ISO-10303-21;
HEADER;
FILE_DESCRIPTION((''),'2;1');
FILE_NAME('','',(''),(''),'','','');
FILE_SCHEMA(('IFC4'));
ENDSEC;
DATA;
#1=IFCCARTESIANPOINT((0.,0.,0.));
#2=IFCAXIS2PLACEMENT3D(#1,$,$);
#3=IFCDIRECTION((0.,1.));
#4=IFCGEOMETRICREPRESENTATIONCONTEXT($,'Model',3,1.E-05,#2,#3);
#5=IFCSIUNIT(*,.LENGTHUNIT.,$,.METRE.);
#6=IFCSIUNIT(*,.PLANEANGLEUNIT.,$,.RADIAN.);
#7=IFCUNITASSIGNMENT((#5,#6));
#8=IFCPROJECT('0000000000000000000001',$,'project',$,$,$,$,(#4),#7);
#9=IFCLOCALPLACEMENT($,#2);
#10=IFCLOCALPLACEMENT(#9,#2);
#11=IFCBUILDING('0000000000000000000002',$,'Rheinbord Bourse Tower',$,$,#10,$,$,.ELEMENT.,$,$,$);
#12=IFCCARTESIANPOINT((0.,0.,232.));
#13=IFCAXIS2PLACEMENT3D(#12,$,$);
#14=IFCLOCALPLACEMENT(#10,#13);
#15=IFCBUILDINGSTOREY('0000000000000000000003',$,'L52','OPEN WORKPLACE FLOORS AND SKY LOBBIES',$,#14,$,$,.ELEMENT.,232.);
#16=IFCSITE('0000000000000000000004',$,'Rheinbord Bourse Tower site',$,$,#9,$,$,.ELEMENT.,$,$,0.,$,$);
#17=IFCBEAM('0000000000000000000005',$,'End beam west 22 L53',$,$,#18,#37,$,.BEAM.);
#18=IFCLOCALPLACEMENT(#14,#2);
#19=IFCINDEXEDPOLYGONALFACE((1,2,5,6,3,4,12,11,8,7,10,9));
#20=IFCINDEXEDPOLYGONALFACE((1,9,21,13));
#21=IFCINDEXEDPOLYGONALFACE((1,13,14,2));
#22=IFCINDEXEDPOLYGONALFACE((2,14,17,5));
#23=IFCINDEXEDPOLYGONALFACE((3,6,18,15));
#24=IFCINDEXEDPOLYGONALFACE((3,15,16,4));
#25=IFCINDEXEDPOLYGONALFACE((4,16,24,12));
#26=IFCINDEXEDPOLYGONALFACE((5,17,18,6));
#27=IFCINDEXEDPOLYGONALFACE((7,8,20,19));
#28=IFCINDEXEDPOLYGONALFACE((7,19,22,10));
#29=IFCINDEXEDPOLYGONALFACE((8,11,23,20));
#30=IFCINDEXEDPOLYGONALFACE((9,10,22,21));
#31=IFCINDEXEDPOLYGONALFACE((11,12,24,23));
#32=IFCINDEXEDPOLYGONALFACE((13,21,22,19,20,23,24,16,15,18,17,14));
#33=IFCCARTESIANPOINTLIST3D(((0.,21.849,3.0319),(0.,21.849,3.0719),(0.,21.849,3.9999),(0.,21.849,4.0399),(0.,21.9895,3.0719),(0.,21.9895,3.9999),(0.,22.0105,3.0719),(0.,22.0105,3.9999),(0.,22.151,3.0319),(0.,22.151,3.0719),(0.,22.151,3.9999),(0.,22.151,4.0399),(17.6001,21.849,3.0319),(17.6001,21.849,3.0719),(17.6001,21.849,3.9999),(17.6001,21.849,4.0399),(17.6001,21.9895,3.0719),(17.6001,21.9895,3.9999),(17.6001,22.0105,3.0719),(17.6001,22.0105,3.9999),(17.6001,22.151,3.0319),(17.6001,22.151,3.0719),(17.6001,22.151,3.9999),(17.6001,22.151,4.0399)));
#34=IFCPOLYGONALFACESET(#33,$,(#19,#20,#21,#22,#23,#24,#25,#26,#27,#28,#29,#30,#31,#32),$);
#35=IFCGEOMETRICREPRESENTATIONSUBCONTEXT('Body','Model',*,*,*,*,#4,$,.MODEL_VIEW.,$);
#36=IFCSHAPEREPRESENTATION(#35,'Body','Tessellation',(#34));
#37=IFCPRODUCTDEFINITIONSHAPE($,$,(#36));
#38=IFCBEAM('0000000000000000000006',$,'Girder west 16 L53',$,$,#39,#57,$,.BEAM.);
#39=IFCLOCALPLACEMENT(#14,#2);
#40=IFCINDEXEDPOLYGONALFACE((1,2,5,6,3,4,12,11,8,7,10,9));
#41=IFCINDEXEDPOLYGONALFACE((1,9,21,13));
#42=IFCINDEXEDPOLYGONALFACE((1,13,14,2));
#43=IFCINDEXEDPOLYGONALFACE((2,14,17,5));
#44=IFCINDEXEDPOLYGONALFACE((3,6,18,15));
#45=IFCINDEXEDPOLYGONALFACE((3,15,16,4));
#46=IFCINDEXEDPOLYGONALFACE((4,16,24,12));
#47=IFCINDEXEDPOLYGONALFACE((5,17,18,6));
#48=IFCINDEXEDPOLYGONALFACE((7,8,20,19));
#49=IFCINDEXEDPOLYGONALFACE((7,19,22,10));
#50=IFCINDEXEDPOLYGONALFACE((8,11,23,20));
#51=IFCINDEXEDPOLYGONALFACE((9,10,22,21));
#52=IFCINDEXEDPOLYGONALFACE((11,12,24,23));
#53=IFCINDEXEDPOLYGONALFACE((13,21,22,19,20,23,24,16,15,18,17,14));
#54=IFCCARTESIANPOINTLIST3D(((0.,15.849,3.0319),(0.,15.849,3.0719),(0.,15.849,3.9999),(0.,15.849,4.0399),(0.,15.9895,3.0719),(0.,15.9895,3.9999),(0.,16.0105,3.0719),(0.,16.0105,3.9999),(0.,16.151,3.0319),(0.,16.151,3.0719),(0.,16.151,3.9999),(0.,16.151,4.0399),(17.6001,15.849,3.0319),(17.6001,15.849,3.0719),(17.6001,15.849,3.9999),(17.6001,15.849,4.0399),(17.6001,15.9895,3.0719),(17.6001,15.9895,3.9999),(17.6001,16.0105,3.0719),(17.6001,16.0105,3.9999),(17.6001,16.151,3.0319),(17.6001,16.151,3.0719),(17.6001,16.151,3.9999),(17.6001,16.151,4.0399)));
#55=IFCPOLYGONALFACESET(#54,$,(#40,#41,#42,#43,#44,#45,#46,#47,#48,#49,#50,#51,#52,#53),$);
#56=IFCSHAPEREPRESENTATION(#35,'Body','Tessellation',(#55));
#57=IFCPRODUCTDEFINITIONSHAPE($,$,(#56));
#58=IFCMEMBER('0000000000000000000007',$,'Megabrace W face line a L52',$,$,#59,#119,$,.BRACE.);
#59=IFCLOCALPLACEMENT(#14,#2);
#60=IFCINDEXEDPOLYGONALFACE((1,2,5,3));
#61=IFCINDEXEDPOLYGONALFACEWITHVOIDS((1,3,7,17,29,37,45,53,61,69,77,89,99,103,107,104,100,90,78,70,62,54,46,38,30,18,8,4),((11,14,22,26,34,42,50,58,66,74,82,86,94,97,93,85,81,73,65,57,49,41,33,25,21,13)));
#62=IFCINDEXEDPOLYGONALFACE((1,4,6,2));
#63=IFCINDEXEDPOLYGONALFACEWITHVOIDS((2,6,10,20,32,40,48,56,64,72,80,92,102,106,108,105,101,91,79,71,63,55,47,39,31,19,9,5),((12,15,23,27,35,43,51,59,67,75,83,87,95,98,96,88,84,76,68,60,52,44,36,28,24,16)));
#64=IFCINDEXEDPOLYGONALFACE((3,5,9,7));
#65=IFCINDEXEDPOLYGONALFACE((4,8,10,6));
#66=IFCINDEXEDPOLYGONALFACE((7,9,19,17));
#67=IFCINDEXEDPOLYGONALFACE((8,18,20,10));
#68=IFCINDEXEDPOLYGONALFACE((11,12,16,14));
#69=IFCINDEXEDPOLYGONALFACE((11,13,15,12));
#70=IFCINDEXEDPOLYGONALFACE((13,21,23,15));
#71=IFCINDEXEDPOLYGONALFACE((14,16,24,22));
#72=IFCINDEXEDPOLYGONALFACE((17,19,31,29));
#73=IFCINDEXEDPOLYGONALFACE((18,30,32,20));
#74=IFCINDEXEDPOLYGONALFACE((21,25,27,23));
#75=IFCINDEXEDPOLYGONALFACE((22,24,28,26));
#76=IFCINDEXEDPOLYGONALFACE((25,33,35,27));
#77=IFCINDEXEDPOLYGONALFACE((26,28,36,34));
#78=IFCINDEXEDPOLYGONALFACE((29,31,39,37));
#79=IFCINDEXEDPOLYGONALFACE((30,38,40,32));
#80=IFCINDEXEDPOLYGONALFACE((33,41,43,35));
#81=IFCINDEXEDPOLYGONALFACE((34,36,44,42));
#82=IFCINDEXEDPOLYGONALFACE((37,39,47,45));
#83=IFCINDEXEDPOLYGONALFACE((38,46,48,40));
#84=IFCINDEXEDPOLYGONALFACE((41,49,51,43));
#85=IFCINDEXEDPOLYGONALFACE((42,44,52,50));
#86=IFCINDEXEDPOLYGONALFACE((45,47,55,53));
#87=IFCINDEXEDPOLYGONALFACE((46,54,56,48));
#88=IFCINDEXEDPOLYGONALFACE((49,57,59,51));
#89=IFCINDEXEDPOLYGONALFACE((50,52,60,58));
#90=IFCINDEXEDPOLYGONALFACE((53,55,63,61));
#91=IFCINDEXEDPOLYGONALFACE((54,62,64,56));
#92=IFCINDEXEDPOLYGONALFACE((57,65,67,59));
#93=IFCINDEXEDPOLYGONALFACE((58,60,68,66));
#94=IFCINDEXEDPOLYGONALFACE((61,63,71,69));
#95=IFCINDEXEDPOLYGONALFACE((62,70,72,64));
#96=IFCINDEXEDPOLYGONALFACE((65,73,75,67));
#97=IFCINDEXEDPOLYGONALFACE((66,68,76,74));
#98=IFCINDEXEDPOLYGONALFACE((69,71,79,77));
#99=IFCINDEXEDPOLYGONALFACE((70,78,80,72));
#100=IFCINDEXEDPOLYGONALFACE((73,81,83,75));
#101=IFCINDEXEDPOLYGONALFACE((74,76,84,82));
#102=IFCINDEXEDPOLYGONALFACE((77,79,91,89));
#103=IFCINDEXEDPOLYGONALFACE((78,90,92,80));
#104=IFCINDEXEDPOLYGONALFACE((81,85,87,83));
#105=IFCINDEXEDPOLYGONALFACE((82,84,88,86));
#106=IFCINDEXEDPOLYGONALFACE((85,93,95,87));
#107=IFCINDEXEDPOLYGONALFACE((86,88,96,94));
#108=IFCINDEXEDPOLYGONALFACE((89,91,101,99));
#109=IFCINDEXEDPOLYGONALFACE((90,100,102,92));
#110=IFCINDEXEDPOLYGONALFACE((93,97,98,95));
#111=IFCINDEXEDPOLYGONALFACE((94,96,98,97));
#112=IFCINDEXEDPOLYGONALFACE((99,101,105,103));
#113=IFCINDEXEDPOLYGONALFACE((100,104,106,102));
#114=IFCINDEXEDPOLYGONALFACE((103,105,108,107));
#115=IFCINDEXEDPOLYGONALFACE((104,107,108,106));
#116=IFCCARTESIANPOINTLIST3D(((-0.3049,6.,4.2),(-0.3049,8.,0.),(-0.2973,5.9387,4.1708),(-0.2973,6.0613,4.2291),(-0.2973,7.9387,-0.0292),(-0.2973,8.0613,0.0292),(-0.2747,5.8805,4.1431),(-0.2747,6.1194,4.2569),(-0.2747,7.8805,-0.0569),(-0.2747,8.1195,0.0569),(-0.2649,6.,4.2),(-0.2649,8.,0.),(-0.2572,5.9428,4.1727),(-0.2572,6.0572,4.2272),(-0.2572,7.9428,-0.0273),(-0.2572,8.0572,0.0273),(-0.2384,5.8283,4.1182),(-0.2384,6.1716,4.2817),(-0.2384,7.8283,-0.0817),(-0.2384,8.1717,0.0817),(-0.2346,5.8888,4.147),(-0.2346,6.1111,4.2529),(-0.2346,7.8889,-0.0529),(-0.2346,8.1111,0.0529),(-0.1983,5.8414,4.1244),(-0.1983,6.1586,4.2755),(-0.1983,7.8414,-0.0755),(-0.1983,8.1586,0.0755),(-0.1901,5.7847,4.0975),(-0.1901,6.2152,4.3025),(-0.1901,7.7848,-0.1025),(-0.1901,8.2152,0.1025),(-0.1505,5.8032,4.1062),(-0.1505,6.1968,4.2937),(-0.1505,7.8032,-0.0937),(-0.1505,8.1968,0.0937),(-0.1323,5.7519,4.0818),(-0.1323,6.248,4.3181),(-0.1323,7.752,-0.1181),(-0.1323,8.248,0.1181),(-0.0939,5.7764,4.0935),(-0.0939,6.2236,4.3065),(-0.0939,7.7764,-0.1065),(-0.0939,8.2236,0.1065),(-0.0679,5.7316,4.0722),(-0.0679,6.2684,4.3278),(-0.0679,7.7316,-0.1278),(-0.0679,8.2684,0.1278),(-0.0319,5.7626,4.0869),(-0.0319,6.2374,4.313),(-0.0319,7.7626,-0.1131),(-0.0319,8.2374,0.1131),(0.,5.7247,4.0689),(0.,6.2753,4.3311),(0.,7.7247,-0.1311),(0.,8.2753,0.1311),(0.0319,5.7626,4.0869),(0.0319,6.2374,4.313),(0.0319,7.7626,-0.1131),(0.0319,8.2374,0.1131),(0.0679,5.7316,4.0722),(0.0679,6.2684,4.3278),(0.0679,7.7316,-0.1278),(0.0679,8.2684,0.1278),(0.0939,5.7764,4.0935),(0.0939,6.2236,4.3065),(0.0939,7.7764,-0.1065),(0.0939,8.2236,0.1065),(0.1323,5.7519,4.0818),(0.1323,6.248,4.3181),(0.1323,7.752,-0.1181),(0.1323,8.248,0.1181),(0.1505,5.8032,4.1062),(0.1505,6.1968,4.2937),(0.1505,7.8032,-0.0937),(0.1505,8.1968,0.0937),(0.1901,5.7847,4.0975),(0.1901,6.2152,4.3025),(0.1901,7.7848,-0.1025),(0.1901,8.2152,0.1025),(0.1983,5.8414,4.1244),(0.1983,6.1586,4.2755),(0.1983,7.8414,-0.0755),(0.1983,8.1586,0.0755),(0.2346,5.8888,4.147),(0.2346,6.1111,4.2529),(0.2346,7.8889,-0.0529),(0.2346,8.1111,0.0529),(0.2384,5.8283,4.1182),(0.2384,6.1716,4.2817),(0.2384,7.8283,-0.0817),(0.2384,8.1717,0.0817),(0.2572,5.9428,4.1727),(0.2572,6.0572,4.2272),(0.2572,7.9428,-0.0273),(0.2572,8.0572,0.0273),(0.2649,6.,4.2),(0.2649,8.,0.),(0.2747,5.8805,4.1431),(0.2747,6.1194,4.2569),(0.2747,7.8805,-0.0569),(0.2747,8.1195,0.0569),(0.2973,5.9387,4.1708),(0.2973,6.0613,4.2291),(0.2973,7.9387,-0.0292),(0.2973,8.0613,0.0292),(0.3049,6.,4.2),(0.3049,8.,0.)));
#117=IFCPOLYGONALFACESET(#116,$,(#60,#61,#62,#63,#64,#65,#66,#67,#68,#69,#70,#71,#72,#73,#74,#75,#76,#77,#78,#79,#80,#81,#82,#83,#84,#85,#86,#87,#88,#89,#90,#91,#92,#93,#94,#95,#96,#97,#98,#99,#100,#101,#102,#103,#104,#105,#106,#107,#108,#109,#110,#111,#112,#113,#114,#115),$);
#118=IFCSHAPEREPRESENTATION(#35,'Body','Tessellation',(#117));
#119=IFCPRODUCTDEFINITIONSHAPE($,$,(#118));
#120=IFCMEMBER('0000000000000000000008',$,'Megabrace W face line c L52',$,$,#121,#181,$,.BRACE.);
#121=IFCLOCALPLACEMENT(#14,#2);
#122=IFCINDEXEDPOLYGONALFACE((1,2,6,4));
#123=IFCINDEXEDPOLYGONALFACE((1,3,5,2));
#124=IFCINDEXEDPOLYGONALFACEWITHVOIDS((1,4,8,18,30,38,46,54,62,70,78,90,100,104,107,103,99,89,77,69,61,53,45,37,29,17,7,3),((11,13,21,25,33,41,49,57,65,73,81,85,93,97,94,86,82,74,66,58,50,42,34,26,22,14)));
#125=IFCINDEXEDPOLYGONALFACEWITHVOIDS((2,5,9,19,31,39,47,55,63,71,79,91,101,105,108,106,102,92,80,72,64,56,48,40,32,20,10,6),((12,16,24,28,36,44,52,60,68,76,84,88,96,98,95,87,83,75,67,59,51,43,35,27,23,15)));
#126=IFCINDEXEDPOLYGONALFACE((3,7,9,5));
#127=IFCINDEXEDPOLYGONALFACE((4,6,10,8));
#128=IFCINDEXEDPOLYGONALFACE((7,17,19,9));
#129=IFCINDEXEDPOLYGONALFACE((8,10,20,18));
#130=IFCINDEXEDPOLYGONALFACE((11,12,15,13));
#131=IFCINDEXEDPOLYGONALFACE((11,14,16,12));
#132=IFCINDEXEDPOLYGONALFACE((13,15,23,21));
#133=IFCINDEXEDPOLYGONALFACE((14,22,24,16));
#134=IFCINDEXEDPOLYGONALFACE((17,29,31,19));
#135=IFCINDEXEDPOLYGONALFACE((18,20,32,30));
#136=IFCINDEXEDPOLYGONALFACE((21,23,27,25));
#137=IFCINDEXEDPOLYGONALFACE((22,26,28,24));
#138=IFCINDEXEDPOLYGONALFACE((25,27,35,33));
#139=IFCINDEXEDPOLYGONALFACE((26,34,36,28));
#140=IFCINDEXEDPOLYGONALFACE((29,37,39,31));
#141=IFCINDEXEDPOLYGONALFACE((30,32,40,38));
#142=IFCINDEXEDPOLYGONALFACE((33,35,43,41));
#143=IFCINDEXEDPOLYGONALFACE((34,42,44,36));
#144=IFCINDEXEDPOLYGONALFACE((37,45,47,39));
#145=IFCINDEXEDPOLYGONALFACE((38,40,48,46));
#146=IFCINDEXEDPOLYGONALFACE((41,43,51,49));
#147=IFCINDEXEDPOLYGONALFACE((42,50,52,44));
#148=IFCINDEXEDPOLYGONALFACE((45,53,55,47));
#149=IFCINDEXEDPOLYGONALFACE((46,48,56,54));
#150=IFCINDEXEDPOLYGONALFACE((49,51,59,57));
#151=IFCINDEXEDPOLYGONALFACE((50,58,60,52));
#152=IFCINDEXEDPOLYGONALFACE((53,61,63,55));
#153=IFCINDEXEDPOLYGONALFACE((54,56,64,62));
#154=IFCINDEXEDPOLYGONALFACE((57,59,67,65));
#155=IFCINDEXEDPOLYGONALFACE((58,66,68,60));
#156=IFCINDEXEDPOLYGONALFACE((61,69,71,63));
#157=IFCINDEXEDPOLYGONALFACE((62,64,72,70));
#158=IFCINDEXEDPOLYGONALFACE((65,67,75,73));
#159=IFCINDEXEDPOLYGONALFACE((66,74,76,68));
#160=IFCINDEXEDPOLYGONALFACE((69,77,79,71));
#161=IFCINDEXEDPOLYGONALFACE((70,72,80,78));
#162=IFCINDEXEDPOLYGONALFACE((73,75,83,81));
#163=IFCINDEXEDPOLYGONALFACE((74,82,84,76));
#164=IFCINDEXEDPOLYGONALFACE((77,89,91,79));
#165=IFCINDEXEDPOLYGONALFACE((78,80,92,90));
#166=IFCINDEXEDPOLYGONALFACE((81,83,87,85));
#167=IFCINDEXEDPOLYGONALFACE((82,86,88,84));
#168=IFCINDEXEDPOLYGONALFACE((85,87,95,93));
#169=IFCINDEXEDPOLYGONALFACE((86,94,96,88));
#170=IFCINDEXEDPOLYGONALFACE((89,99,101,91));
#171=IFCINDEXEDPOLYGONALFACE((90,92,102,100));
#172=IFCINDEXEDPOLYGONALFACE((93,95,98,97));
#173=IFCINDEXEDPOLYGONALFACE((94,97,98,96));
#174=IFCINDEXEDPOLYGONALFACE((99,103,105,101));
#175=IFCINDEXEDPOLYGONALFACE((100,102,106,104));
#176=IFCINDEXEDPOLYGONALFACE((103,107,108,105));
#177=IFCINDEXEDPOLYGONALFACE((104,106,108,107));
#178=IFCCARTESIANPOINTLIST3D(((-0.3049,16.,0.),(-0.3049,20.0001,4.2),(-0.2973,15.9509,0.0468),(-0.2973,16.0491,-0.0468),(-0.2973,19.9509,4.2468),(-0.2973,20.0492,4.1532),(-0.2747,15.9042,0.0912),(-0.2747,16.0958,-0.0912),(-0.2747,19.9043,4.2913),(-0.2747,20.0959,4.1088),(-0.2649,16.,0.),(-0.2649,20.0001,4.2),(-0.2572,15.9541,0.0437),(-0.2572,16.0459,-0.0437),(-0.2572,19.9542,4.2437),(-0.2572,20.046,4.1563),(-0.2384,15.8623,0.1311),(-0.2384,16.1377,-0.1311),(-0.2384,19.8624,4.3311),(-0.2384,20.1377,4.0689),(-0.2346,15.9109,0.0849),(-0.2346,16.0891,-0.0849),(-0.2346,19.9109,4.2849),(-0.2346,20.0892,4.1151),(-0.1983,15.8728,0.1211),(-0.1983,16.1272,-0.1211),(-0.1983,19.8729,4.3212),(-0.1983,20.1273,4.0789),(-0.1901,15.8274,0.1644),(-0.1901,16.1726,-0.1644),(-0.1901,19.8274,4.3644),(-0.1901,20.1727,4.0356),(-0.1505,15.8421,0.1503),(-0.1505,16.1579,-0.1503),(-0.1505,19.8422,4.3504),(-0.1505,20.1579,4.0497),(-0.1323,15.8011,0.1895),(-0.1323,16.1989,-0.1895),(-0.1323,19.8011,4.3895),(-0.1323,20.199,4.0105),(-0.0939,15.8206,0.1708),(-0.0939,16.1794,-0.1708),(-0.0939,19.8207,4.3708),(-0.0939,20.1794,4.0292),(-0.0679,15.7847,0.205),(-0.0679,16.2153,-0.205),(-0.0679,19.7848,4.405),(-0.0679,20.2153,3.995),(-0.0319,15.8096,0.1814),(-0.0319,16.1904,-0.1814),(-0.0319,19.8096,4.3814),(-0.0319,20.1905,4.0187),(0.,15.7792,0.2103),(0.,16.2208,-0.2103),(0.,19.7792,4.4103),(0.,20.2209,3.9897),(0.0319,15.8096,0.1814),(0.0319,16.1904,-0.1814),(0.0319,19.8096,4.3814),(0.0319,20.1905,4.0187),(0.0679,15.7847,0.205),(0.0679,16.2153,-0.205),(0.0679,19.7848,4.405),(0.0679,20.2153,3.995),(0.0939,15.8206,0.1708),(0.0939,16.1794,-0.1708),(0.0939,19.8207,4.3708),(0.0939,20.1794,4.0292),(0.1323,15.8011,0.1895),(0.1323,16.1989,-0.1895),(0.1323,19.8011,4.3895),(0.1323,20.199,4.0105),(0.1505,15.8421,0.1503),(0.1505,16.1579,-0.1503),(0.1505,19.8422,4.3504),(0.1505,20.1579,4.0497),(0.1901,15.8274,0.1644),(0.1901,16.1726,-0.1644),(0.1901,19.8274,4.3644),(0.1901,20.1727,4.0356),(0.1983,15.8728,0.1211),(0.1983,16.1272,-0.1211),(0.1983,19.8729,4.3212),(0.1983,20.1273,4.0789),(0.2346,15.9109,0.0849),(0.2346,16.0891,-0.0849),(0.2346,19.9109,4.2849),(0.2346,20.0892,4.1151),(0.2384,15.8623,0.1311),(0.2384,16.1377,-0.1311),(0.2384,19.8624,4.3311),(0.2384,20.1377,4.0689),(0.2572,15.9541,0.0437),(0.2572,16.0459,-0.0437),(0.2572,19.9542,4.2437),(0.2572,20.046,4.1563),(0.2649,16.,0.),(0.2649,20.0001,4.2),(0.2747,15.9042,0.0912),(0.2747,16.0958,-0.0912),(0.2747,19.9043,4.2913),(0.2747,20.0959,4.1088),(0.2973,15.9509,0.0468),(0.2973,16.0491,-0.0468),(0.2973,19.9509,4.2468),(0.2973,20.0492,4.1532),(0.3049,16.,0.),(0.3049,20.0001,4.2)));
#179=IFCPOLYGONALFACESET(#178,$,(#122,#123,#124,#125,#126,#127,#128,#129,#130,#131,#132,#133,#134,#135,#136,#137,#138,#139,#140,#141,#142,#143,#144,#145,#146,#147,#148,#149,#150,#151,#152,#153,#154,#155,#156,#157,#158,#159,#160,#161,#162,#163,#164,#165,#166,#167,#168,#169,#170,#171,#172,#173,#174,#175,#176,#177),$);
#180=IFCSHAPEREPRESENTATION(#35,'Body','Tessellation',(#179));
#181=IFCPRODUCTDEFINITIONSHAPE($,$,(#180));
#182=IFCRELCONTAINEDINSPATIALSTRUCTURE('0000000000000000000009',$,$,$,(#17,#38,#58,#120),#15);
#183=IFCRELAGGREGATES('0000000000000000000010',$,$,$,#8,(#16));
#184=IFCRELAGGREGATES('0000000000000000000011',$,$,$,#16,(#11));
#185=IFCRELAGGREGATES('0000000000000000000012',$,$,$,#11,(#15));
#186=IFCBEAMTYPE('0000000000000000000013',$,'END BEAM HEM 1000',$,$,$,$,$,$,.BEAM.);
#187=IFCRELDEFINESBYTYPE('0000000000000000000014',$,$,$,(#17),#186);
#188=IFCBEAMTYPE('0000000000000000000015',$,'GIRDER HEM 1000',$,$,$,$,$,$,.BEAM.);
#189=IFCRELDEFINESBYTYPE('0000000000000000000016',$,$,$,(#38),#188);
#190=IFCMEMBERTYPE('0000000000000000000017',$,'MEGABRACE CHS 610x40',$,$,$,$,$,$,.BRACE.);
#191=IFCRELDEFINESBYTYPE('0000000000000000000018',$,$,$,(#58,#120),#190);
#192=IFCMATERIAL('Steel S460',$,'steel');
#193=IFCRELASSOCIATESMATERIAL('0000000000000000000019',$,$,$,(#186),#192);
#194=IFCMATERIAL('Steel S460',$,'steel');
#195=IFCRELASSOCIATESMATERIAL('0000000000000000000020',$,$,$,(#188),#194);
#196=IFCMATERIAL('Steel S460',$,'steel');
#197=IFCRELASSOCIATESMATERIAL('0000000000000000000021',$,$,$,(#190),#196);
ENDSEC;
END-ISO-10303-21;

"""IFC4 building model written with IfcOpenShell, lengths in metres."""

from ifc_helpers import new_model, si_unit, direction, frame, origin, origin_2d, place, context, subcontext, project, spatial, hollow_circle, i_section, extrude, material, material_profile, profile_set, type_object, element, save


model = new_model("IFC4")

# Units and contexts
model_context = context("Model", 3, precision=1e-05, world=origin(), true_north=direction((0.0, 1.0)))
body_context = subcontext(model_context, "Body", "Model", "MODEL_VIEW")
ifc_project = project(units=[si_unit("LENGTHUNIT", "METRE"), si_unit("PLANEANGLEUNIT", "RADIAN")], contexts=[model_context])

# Site, building, storey
site_placement = place(None, origin())
site = spatial("IfcSite", under=ifc_project, at=site_placement, Name="Rheinbord Bourse Tower site", CompositionType="ELEMENT", RefElevation=0.0)
building_placement = place(site_placement, origin())
building = spatial("IfcBuilding", under=site, at=building_placement, Name="Rheinbord Bourse Tower", CompositionType="ELEMENT")
storey_placement = place(building_placement, frame((0.0, 0.0, 232.0)))
storey = spatial("IfcBuildingStorey", under=building, at=storey_placement, Name="L52", Description="OPEN WORKPLACE FLOORS AND SKY LOBBIES", CompositionType="ELEMENT", Elevation=232.0)

# Beams
ifc_material_1 = material(Name="Steel S460", Category="steel")
ifc_material_profile_1 = material_profile(ifc_material_1, i_section(OverallWidth=0.302, OverallDepth=1.0081, WebThickness=0.021, FlangeThickness=0.04, at=origin_2d()), Name="HEM 1000")
ifc_profile_set_1 = profile_set([ifc_material_profile_1], Name="Steel S460")
beam_type_1 = type_object("IfcBeamType", Name="END BEAM HEM 1000", PredefinedType="BEAM", material=ifc_profile_set_1)
for number, where, z_axis, x_axis, name in (
    (1, (0.0, 22.0, 3.5359), (1.0, 0.0, 0.0), (0.0, 1.0, 0.0), "End beam west 22 L53"),
):
    element("IfcBeam", number, at=place(storey_placement, frame(where, z_axis=z_axis, x_axis=x_axis)), inside=storey, type_object=beam_type_1, Name=name, PredefinedType="BEAM", context=body_context, shape_type="SweptSolid", body=[
        extrude(i_section(OverallWidth=0.302, OverallDepth=1.0081, WebThickness=0.021, FlangeThickness=0.04, at=origin_2d()), origin(), (0.0, 0.0, 1.0), 17.6001),
    ])
ifc_material_2 = material(Name="Steel S460", Category="steel")
ifc_material_profile_2 = material_profile(ifc_material_2, i_section(OverallWidth=0.302, OverallDepth=1.0081, WebThickness=0.021, FlangeThickness=0.04, at=origin_2d()), Name="HEM 1000")
ifc_profile_set_2 = profile_set([ifc_material_profile_2], Name="Steel S460")
beam_type_2 = type_object("IfcBeamType", Name="GIRDER HEM 1000", PredefinedType="BEAM", material=ifc_profile_set_2)
beam_1_placement = place(storey_placement, frame((0.0, 16.0, 3.5359), z_axis=(1.0, 0.0, 0.0), x_axis=(0.0, 1.0, 0.0)))
element("IfcBeam", 2, at=beam_1_placement, inside=storey, type_object=beam_type_2, Name="Girder west 16 L53", PredefinedType="BEAM", context=body_context, shape_type="SweptSolid", body=[
    extrude(i_section(OverallWidth=0.302, OverallDepth=1.0081, WebThickness=0.021, FlangeThickness=0.04, at=origin_2d()), origin(), (0.0, 0.0, 1.0), 17.6001),
])

# Members
ifc_material_3 = material(Name="Steel S460", Category="steel")
ifc_material_profile_3 = material_profile(ifc_material_3, hollow_circle(Radius=0.3049, WallThickness=0.04, at=origin_2d()), Name="CHS 610x40")
ifc_profile_set_3 = profile_set([ifc_material_profile_3], Name="Steel S460")
member_type_1 = type_object("IfcMemberType", Name="MEGABRACE CHS 610x40", PredefinedType="BRACE", material=ifc_profile_set_3)
member_1_placement = place(storey_placement, frame((0.0, 8.0, 0.0), z_axis=(0.0, -0.429938, 0.902859), x_axis=(1.0, 0.0, 0.0)))
element("IfcMember", 3, at=member_1_placement, inside=storey, type_object=member_type_1, Name="Megabrace W face line a L52", PredefinedType="BRACE", context=body_context, shape_type="SweptSolid", body=[
    extrude(hollow_circle(Radius=0.3049, WallThickness=0.04, at=origin_2d()), origin(), (0.0, 0.0, 1.0), 4.6519),
])
member_2_placement = place(storey_placement, frame((0.0, 16.0, 0.0), z_axis=(0.0, 0.689659, 0.724134), x_axis=(-1.0, 0.0, 0.0)))
element("IfcMember", 4, at=member_2_placement, inside=storey, type_object=member_type_1, Name="Megabrace W face line c L52", PredefinedType="BRACE", context=body_context, shape_type="SweptSolid", body=[
    extrude(hollow_circle(Radius=0.3049, WallThickness=0.04, at=origin_2d()), origin(), (0.0, 0.0, 1.0), 5.8),
])

save(model, "model.ifc")
